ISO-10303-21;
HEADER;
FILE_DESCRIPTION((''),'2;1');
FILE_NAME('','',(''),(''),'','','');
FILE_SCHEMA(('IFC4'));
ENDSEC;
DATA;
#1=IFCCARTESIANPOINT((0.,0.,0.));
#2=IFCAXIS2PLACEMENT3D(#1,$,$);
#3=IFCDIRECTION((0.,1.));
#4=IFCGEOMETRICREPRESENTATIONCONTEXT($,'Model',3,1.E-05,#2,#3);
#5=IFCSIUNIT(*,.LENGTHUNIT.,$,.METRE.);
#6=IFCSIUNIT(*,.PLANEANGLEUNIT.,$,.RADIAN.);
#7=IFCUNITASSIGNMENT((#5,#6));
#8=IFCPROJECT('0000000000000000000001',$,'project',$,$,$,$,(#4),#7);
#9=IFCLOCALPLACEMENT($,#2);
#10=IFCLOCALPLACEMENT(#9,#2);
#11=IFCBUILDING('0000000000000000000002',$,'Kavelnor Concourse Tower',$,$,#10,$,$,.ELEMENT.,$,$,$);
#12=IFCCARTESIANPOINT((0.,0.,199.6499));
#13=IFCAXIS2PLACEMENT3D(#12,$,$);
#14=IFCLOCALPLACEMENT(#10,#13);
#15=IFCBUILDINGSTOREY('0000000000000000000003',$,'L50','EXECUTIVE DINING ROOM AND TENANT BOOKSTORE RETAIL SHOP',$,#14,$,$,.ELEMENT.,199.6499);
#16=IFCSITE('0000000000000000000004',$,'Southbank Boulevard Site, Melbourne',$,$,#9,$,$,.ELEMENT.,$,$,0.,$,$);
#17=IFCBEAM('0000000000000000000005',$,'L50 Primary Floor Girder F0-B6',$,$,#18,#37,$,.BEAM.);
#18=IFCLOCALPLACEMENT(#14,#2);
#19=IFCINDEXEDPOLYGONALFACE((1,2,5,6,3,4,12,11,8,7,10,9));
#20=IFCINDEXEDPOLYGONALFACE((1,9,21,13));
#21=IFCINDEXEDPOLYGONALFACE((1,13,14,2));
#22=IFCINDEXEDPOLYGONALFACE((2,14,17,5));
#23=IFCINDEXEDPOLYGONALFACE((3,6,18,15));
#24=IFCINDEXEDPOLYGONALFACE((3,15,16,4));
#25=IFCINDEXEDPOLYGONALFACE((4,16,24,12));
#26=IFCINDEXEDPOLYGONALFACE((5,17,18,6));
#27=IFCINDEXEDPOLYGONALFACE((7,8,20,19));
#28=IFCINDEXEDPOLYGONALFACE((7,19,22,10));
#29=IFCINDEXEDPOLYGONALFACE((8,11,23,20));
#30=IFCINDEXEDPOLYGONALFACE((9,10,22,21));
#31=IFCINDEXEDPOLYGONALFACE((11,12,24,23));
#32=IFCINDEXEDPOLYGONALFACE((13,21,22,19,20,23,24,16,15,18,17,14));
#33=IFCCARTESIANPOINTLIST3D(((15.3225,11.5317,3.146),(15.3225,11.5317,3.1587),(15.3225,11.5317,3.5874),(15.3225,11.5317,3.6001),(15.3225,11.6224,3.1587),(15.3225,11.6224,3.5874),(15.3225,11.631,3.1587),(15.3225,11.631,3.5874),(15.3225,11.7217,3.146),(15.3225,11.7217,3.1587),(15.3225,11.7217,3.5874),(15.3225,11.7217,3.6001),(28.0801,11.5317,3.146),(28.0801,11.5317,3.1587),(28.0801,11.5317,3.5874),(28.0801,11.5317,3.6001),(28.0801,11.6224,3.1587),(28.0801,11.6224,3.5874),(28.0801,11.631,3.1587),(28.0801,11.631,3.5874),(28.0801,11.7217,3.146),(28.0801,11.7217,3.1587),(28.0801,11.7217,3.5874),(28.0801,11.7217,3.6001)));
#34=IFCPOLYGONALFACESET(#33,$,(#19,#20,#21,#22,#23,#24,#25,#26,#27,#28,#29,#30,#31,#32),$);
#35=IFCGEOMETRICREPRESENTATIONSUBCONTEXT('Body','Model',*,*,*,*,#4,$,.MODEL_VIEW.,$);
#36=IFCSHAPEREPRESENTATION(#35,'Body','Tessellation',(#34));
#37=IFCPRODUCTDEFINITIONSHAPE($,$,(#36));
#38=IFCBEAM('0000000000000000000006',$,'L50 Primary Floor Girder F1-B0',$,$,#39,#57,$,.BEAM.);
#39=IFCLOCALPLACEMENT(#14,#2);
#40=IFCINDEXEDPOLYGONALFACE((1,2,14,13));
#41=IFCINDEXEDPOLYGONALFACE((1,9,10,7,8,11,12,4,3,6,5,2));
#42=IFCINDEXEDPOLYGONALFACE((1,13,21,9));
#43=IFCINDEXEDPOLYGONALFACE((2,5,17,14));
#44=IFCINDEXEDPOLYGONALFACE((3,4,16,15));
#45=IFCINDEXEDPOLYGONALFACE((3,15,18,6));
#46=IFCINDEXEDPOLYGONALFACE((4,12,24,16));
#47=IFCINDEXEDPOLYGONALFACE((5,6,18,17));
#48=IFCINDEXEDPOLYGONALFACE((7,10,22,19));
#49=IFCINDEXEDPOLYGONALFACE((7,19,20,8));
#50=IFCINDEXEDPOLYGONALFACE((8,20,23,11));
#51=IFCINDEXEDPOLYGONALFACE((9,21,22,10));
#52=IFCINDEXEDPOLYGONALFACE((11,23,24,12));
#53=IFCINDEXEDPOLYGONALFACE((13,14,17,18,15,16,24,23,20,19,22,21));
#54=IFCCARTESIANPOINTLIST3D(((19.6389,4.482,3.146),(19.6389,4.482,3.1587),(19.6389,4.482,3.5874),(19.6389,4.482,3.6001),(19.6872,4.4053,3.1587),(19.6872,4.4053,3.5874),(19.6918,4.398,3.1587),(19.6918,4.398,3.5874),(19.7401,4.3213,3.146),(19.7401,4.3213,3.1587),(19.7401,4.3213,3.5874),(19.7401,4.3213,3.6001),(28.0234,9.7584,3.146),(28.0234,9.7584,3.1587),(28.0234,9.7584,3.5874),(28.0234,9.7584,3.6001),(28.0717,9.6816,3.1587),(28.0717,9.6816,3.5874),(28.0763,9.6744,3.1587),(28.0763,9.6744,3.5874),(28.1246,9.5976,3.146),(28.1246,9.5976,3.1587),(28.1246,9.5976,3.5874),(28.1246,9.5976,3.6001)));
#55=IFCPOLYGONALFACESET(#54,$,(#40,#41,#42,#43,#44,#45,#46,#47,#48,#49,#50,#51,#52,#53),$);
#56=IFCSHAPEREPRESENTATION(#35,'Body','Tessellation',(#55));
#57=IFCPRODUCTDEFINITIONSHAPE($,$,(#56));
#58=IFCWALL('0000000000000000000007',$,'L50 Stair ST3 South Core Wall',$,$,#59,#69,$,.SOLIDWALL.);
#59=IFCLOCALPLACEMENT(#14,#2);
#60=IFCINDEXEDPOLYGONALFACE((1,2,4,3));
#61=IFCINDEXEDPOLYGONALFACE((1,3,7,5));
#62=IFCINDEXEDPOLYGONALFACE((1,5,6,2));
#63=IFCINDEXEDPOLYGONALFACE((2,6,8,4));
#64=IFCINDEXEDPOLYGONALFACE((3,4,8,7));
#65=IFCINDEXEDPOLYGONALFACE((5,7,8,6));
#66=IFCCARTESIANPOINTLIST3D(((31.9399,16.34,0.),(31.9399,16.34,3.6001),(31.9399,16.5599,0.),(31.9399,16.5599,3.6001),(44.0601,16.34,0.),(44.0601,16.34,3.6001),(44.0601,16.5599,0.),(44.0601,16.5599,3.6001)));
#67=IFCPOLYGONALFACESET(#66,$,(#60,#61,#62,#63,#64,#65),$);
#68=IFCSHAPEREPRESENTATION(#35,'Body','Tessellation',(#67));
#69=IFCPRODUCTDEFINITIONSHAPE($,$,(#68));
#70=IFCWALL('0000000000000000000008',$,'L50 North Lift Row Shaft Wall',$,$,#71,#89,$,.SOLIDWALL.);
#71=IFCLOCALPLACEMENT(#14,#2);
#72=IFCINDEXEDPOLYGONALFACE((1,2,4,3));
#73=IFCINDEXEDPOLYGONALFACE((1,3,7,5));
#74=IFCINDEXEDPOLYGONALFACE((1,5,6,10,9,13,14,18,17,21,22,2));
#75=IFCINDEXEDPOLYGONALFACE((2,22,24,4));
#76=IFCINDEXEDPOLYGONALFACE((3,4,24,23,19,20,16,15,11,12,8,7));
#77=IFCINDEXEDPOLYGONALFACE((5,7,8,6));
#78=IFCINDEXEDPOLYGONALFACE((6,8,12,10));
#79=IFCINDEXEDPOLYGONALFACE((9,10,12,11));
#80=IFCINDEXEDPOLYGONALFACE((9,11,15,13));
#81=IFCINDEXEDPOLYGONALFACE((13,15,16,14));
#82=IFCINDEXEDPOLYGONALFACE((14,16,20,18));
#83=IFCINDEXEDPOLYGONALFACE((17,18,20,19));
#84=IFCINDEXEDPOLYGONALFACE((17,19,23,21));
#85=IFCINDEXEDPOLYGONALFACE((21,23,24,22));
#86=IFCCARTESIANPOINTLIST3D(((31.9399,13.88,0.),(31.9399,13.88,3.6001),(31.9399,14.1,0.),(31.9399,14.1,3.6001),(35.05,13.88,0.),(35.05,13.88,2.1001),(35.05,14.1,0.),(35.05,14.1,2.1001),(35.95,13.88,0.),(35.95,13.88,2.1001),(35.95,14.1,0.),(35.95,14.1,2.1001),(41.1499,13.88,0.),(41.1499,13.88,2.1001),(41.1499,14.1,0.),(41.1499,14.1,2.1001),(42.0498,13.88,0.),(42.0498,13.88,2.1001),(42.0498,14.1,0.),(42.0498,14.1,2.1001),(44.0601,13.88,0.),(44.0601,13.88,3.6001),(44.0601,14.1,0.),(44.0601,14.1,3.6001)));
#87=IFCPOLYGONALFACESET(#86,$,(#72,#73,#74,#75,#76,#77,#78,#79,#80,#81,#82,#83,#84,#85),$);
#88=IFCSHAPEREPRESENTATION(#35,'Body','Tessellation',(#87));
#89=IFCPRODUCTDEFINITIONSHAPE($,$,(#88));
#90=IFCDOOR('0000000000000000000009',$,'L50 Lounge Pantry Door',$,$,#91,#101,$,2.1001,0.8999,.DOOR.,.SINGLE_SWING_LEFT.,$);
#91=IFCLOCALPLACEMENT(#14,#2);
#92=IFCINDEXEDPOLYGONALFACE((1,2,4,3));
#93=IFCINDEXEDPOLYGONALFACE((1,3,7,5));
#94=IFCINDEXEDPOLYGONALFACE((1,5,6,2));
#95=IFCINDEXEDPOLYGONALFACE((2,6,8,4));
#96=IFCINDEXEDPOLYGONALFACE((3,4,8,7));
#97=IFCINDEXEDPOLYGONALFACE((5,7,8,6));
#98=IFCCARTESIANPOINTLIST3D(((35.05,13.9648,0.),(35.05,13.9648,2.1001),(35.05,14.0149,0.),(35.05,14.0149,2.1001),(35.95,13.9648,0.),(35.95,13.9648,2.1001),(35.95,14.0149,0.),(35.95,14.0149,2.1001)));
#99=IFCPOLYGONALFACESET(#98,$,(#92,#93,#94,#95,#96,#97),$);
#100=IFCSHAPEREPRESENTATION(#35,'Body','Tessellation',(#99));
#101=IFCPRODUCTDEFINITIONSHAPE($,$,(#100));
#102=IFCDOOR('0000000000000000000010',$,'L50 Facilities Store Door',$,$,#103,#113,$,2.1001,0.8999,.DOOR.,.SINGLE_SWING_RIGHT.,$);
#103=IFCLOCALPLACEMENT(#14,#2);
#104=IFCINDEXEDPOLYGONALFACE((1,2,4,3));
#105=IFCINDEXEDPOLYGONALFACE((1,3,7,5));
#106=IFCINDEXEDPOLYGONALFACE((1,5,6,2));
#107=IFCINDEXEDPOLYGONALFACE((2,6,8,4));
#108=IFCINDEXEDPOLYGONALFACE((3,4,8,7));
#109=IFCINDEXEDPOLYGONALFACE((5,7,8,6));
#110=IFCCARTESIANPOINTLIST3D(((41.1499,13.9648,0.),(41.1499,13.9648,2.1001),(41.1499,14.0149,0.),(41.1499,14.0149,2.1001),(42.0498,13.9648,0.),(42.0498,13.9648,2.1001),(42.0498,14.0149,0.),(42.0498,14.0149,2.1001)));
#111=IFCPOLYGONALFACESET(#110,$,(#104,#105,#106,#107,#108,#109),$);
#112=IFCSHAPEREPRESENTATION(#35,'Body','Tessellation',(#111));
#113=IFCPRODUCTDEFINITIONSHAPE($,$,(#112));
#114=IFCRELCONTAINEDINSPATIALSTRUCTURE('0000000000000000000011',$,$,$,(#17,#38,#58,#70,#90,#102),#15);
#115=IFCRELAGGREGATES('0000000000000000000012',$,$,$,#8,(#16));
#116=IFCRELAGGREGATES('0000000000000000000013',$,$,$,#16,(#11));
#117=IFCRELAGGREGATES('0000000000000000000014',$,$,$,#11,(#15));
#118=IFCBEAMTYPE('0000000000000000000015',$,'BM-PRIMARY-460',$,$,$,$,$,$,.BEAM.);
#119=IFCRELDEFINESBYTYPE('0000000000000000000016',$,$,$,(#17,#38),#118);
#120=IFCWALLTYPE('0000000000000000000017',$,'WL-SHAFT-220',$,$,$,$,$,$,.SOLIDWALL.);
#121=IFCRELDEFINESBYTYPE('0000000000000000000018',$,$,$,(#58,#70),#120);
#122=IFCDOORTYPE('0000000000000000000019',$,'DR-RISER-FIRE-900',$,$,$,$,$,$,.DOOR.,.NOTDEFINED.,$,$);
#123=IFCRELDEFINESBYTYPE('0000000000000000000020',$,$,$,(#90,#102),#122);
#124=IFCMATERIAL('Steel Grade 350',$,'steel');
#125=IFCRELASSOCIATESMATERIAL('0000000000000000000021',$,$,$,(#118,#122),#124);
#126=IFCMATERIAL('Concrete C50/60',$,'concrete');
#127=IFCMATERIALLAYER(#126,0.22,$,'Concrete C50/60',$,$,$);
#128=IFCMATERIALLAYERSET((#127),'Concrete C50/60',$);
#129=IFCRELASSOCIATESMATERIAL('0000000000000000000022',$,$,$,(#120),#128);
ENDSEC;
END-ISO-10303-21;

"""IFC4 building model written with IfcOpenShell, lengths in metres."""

from ifc_helpers import new_model, si_unit, direction, frame, frame_2d, origin, origin_2d, place, context, subcontext, project, spatial, rectangle, i_section, extrude, material, layer, layer_set, material_profile, profile_set, type_object, element, fill, save


model = new_model("IFC4")

# Units and contexts
model_context = context("Model", 3, precision=1e-05, world=origin(), true_north=direction((0.0, 1.0)))
body_context = subcontext(model_context, "Body", "Model", "MODEL_VIEW")
ifc_project = project(units=[si_unit("LENGTHUNIT", "METRE"), si_unit("PLANEANGLEUNIT", "RADIAN")], contexts=[model_context])

# Site, building, storey
site_placement = place(None, origin())
site = spatial("IfcSite", under=ifc_project, at=site_placement, Name="Southbank Boulevard Site, Melbourne", CompositionType="ELEMENT", RefElevation=0.0)
building_placement = place(site_placement, origin())
building = spatial("IfcBuilding", under=site, at=building_placement, Name="Kavelnor Concourse Tower", CompositionType="ELEMENT")
storey_placement = place(building_placement, frame((0.0, 0.0, 199.6499)))
storey = spatial("IfcBuildingStorey", under=building, at=storey_placement, Name="L50", Description="EXECUTIVE DINING ROOM AND TENANT BOOKSTORE RETAIL SHOP", CompositionType="ELEMENT", Elevation=199.6499)

# Beams
ifc_material_1 = material(Name="Steel Grade 350", Category="steel")
ifc_material_profile = material_profile(ifc_material_1, i_section(OverallWidth=0.1899, OverallDepth=0.4541, WebThickness=0.0085, FlangeThickness=0.0127, at=origin_2d()), Name="460UB67")
ifc_profile_set = profile_set([ifc_material_profile], Name="Steel Grade 350")
beam_type = type_object("IfcBeamType", Name="BM-PRIMARY-460", PredefinedType="BEAM", material=ifc_profile_set)
beam_1_placement = place(storey_placement, frame((28.0801, 11.6267, 3.373), z_axis=(-1.0, 0.0, 0.0), x_axis=(0.0, -1.0, 0.0)))
element("IfcBeam", 1, at=beam_1_placement, inside=storey, type_object=beam_type, Name="L50 Primary Floor Girder F0-B6", PredefinedType="BEAM", context=body_context, shape_type="SweptSolid", body=[
    extrude(i_section(OverallWidth=0.1899, OverallDepth=0.4541, WebThickness=0.0085, FlangeThickness=0.0127, at=origin_2d()), origin(), (0.0, 0.0, 1.0), 12.7576),
])
beam_2_placement = place(storey_placement, frame((28.074, 9.678, 3.373), z_axis=(-0.846359, -0.532613, 0.0), x_axis=(0.532613, -0.846359, 0.0)))
element("IfcBeam", 2, at=beam_2_placement, inside=storey, type_object=beam_type, Name="L50 Primary Floor Girder F1-B0", PredefinedType="BEAM", context=body_context, shape_type="SweptSolid", body=[
    extrude(i_section(OverallWidth=0.1899, OverallDepth=0.4541, WebThickness=0.0085, FlangeThickness=0.0127, at=origin_2d()), origin(), (0.0, 0.0, 1.0), 9.9065),
])

# Wall
ifc_material_2 = material(Name="Concrete C50/60", Category="concrete")
ifc_layer_1 = layer(ifc_material_2, 0.22, Name="Concrete C50/60")
ifc_layer_set_1 = layer_set([ifc_layer_1], Name="Concrete C50/60")
wall_type_1 = type_object("IfcWallType", Name="WL-SHAFT-220", PredefinedType="SOLIDWALL", material=ifc_layer_set_1)
wall_1_placement = place(storey_placement, frame((31.9399, 16.45, 0.0), z_axis=(0.0, 0.0, 1.0), x_axis=(1.0, 0.0, 0.0)))
element("IfcWall", 3, at=wall_1_placement, inside=storey, type_object=wall_type_1, Name="L50 Stair ST3 South Core Wall", PredefinedType="SOLIDWALL", context=body_context, shape_type="SweptSolid", body=[
    extrude(rectangle(XDim=12.1201, YDim=0.22, at=frame_2d((6.0601, 0.0))), origin(), (0.0, 0.0, 1.0), 3.6001),
])

# Wall, openings, doors
wall_2_placement = place(storey_placement, frame((31.9399, 13.99, 0.0), z_axis=(0.0, 0.0, 1.0), x_axis=(1.0, 0.0, 0.0)))
wall_2 = element("IfcWall", 4, at=wall_2_placement, inside=storey, type_object=wall_type_1, Name="L50 North Lift Row Shaft Wall", PredefinedType="SOLIDWALL", context=body_context, shape_type="SweptSolid", body=[
    extrude(rectangle(XDim=12.1201, YDim=0.22, at=frame_2d((6.0601, 0.0))), origin(), (0.0, 0.0, 1.0), 3.6001),
])
opening_1_placement = place(wall_2_placement, frame((3.1101, 0.0, 0.0)))
opening_1 = element("IfcOpeningElement", 5, at=opening_1_placement, cuts=wall_2, PredefinedType="OPENING", context=body_context, shape_type="SweptSolid", body=[
    extrude(rectangle(XDim=0.8999, YDim=2.1001, at=frame_2d((0.45, 1.05))), frame((0.0, 0.1201, 0.0), z_axis=(0.0, -1.0, 0.0), x_axis=(1.0, 0.0, 0.0)), (0.0, 0.0, 1.0), 0.24),
])
opening_2_placement = place(wall_2_placement, frame((9.21, 0.0, 0.0)))
opening_2 = element("IfcOpeningElement", 6, at=opening_2_placement, cuts=wall_2, PredefinedType="OPENING", context=body_context, shape_type="SweptSolid", body=[
    extrude(rectangle(XDim=0.8999, YDim=2.1001, at=frame_2d((0.45, 1.05))), frame((0.0, 0.1201, 0.0), z_axis=(0.0, -1.0, 0.0), x_axis=(1.0, 0.0, 0.0)), (0.0, 0.0, 1.0), 0.24),
])
door_type_1 = type_object("IfcDoorType", Name="DR-RISER-FIRE-900", OperationType="NOTDEFINED", PredefinedType="DOOR", material=ifc_material_1)
door_1_placement = place(opening_1_placement, origin())
door_1 = element("IfcDoor", 7, at=door_1_placement, inside=storey, type_object=door_type_1, Name="L50 Lounge Pantry Door", OperationType="SINGLE_SWING_LEFT", OverallHeight=2.1001, OverallWidth=0.8999, PredefinedType="DOOR", context=body_context, shape_type="SweptSolid", body=[
    extrude(rectangle(XDim=0.8999, YDim=2.1001, at=frame_2d((0.45, 1.05))), frame((0.0, 0.0249, 0.0), z_axis=(0.0, -1.0, 0.0), x_axis=(1.0, 0.0, 0.0)), (0.0, 0.0, 1.0), 0.05),
])
fill(opening_1, door_1)
door_2_placement = place(opening_2_placement, origin())
door_2 = element("IfcDoor", 8, at=door_2_placement, inside=storey, type_object=door_type_1, Name="L50 Facilities Store Door", OperationType="SINGLE_SWING_RIGHT", OverallHeight=2.1001, OverallWidth=0.8999, PredefinedType="DOOR", context=body_context, shape_type="SweptSolid", body=[
    extrude(rectangle(XDim=0.8999, YDim=2.1001, at=frame_2d((0.45, 1.05))), frame((0.0, 0.0249, 0.0), z_axis=(0.0, -1.0, 0.0), x_axis=(1.0, 0.0, 0.0)), (0.0, 0.0, 1.0), 0.05),
])
fill(opening_2, door_2)

save(model, "model.ifc")
